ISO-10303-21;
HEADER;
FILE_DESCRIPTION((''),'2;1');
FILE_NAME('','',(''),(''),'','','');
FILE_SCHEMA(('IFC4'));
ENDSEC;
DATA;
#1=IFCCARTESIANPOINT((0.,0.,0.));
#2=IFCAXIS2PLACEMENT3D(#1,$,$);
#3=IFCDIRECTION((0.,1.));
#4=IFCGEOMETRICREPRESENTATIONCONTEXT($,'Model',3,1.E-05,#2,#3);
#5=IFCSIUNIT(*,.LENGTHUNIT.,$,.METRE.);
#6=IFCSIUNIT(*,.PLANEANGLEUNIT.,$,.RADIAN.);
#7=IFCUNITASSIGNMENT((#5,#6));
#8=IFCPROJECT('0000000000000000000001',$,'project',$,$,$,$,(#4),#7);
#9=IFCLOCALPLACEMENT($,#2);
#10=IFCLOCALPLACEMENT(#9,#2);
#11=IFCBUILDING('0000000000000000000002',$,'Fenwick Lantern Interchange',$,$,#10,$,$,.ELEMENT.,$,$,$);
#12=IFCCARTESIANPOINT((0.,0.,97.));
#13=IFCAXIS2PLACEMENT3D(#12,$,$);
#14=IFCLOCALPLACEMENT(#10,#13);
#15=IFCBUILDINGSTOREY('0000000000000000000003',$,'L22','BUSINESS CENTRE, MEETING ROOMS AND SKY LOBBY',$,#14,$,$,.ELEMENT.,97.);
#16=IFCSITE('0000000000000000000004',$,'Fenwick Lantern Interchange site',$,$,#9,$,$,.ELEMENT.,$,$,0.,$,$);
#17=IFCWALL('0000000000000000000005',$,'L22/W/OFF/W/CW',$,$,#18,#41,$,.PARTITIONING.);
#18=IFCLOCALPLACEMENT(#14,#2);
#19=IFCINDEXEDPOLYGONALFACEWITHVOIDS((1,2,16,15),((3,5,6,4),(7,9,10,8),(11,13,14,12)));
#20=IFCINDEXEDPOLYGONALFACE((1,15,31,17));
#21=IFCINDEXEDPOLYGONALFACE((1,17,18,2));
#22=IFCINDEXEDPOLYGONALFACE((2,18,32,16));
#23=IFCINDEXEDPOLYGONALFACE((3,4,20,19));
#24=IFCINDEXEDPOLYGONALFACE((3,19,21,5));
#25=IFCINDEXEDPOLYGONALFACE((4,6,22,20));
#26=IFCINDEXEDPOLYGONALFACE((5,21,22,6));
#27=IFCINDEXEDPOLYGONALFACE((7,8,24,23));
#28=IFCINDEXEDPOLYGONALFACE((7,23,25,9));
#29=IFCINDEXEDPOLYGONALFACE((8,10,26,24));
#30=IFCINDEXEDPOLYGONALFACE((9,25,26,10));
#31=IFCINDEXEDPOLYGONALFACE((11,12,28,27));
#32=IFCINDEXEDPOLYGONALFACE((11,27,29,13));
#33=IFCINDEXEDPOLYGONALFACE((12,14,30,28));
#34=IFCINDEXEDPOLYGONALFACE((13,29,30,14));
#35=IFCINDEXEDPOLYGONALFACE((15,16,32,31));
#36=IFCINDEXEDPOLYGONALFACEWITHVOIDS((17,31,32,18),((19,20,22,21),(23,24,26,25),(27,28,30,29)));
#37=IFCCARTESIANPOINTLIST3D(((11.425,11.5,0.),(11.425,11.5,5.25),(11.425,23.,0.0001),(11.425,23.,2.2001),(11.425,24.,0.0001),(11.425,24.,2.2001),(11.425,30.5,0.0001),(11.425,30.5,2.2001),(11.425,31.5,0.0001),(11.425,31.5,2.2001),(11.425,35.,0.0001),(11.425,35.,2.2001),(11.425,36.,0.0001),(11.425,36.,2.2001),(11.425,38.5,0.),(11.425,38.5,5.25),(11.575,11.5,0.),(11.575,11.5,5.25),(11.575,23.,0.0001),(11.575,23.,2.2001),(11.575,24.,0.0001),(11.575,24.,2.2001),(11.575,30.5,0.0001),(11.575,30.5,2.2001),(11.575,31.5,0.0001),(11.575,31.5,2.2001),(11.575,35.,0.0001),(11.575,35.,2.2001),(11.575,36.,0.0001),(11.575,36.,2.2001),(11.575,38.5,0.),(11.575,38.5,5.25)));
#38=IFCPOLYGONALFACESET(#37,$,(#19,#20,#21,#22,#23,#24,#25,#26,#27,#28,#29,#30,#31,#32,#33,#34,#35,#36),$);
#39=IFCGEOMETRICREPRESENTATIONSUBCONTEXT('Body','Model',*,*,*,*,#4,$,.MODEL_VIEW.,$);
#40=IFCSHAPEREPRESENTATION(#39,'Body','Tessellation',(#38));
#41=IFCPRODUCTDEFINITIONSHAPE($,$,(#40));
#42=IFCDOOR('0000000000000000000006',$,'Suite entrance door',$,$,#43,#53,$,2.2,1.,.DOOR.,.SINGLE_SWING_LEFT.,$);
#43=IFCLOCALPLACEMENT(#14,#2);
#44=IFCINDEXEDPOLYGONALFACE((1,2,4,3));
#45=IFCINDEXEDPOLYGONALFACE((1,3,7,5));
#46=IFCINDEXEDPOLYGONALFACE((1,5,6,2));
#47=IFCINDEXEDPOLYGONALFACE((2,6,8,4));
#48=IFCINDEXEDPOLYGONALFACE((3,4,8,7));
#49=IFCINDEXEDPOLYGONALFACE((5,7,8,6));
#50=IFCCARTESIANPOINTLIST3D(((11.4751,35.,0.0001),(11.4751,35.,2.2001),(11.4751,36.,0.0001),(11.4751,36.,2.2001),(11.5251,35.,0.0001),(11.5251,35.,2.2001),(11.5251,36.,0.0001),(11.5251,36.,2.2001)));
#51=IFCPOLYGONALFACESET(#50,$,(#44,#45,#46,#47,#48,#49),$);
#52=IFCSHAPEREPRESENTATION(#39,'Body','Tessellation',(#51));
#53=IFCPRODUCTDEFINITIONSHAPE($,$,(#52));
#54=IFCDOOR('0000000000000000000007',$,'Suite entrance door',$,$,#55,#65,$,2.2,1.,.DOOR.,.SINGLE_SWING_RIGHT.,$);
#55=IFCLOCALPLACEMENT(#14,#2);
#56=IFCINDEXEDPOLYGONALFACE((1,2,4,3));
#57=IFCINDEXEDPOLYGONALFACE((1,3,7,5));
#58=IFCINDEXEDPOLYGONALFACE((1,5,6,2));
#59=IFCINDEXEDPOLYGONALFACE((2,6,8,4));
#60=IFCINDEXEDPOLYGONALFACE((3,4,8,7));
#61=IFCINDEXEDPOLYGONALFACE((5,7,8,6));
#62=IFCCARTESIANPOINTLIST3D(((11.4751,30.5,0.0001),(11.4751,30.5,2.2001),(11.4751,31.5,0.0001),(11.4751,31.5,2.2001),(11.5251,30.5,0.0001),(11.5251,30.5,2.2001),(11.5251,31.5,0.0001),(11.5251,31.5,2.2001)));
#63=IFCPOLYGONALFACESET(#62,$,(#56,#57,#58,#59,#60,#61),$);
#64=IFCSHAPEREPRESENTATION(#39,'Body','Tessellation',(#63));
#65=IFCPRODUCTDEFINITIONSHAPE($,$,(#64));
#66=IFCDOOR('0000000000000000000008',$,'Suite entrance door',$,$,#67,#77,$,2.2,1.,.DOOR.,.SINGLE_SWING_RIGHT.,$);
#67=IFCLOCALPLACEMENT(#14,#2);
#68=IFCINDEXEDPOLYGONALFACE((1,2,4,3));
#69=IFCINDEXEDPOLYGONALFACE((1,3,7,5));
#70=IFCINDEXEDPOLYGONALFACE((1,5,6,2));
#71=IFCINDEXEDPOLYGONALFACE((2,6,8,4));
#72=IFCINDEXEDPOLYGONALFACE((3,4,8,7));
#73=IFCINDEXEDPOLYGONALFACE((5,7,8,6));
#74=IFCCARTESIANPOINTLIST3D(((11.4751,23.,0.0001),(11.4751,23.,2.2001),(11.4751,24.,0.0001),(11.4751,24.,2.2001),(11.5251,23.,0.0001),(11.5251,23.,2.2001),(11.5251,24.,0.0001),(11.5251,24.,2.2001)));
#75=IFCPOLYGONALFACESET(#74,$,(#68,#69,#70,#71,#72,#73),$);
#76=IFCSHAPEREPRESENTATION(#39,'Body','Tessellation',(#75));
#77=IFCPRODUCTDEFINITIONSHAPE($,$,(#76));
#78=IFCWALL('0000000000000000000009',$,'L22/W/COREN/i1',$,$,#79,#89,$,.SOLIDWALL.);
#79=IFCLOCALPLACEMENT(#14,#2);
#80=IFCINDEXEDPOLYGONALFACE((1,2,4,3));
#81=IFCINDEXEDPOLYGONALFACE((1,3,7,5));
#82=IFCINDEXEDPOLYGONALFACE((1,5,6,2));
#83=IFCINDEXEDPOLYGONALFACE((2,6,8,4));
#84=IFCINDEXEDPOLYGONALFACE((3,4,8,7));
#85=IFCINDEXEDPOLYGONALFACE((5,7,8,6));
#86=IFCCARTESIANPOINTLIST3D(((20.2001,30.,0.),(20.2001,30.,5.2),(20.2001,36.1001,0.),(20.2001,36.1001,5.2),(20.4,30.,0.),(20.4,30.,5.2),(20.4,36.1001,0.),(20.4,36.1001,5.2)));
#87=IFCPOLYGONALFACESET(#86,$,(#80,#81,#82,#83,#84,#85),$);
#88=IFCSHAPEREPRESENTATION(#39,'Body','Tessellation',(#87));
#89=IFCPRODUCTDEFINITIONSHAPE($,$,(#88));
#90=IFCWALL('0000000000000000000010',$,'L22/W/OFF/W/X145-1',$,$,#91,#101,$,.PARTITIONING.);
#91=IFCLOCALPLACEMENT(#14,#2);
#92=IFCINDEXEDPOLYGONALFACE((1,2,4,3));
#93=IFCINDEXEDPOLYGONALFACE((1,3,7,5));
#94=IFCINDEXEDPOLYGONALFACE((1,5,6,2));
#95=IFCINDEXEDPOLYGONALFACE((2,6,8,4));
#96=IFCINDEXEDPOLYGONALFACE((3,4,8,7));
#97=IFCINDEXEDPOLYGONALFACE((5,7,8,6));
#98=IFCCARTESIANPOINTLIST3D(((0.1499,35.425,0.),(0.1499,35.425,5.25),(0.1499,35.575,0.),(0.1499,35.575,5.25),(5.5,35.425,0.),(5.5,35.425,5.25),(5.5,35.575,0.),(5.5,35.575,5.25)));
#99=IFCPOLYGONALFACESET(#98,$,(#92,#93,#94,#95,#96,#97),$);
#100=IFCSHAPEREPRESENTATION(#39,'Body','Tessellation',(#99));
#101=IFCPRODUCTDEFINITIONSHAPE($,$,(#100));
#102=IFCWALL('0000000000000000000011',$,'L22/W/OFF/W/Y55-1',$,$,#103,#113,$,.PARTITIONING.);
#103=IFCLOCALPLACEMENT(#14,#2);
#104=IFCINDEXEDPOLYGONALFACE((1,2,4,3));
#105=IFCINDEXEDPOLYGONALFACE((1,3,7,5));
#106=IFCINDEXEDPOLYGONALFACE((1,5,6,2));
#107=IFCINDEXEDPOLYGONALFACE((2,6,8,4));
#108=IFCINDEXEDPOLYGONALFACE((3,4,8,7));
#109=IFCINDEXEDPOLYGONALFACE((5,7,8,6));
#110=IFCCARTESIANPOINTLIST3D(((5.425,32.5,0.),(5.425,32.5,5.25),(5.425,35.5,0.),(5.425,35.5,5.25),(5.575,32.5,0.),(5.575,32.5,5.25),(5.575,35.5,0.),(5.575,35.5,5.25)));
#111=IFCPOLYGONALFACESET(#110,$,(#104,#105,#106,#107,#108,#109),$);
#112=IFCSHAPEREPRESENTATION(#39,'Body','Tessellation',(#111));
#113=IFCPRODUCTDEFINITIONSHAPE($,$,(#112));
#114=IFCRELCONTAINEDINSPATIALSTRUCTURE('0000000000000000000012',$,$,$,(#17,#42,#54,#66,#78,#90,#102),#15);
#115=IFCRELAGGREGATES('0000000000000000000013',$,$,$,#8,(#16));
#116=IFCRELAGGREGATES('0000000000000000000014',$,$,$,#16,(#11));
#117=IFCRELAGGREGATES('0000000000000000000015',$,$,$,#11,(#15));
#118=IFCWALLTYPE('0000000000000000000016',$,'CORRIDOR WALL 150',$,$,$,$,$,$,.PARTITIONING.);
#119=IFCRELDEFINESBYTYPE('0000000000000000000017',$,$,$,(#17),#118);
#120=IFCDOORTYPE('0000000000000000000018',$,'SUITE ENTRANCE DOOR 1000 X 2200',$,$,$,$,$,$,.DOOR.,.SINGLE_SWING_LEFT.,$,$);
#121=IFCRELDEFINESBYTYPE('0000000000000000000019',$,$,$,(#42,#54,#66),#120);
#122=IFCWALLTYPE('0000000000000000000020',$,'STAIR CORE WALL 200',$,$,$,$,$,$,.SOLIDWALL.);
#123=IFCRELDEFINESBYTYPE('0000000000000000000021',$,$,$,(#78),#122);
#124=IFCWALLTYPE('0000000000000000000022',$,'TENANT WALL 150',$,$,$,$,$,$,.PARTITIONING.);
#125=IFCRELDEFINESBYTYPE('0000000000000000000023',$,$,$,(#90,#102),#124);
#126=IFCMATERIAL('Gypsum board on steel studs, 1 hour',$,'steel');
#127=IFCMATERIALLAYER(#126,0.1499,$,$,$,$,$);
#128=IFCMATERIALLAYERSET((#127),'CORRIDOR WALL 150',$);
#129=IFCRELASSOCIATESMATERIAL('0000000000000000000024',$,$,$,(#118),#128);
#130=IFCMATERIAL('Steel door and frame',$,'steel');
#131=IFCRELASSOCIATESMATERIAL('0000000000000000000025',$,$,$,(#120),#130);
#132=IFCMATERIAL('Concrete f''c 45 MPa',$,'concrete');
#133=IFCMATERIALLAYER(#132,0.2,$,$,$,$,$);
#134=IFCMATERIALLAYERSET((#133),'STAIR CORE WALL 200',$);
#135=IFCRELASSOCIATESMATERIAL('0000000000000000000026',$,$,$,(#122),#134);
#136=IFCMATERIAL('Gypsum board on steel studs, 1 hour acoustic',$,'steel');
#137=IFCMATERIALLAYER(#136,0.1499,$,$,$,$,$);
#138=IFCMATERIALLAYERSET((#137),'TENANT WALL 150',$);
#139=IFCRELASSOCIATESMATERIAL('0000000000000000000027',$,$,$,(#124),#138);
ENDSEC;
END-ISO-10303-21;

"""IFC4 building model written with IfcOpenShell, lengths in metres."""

from ifc_helpers import new_model, si_unit, direction, frame, frame_2d, origin, place, context, subcontext, project, spatial, rectangle, extrude, material, layer, layer_set, type_object, element, fill, save


model = new_model("IFC4")

# Units and contexts
model_context = context("Model", 3, precision=1e-05, world=origin(), true_north=direction((0.0, 1.0)))
body_context = subcontext(model_context, "Body", "Model", "MODEL_VIEW")
ifc_project = project(units=[si_unit("LENGTHUNIT", "METRE"), si_unit("PLANEANGLEUNIT", "RADIAN")], contexts=[model_context])

# Site, building, storey
site_placement = place(None, origin())
site = spatial("IfcSite", under=ifc_project, at=site_placement, Name="Fenwick Lantern Interchange site", CompositionType="ELEMENT", RefElevation=0.0)
building_placement = place(site_placement, origin())
building = spatial("IfcBuilding", under=site, at=building_placement, Name="Fenwick Lantern Interchange", CompositionType="ELEMENT")
storey_placement = place(building_placement, frame((0.0, 0.0, 97.0)))
storey = spatial("IfcBuildingStorey", under=building, at=storey_placement, Name="L22", Description="BUSINESS CENTRE, MEETING ROOMS AND SKY LOBBY", CompositionType="ELEMENT", Elevation=97.0)

# Wall, openings, doors
ifc_material_1 = material(Name="Steel door and frame", Category="steel")
ifc_material_2 = material(Name="Gypsum board on steel studs, 1 hour", Category="steel")
ifc_layer_1 = layer(ifc_material_2, 0.1499)
ifc_layer_set_1 = layer_set([ifc_layer_1], Name="CORRIDOR WALL 150")
wall_type_1 = type_object("IfcWallType", Name="CORRIDOR WALL 150", PredefinedType="PARTITIONING", material=ifc_layer_set_1)
wall_1_placement = place(storey_placement, frame((11.5, 38.5, 0.0), z_axis=(0.0, 0.0, 1.0), x_axis=(0.0, -1.0, 0.0)))
wall_1 = element("IfcWall", 1, at=wall_1_placement, inside=storey, type_object=wall_type_1, Name="L22/W/OFF/W/CW", PredefinedType="PARTITIONING", context=body_context, shape_type="SweptSolid", body=[
    extrude(rectangle(XDim=27.0, YDim=0.1499, at=frame_2d((13.5, 0.0))), origin(), (0.0, 0.0, 1.0), 5.25),
])
opening_1_placement = place(wall_1_placement, frame((2.5, 0.0, 0.0)))
opening_1 = element("IfcOpeningElement", 2, at=opening_1_placement, cuts=wall_1, PredefinedType="OPENING", context=body_context, shape_type="SweptSolid", body=[
    extrude(rectangle(XDim=1.0, YDim=2.2, at=frame_2d((0.5, 1.1001))), frame((0.0, 0.085, 0.0), z_axis=(0.0, -1.0, 0.0), x_axis=(1.0, 0.0, 0.0)), (0.0, 0.0, 1.0), 0.1699),
])
opening_2_placement = place(wall_1_placement, frame((7.0, 0.0, 0.0)))
opening_2 = element("IfcOpeningElement", 3, at=opening_2_placement, cuts=wall_1, PredefinedType="OPENING", context=body_context, shape_type="SweptSolid", body=[
    extrude(rectangle(XDim=1.0, YDim=2.2, at=frame_2d((0.5, 1.1001))), frame((0.0, 0.085, 0.0), z_axis=(0.0, -1.0, 0.0), x_axis=(1.0, 0.0, 0.0)), (0.0, 0.0, 1.0), 0.1699),
])
opening_3_placement = place(wall_1_placement, frame((14.5, 0.0, 0.0)))
opening_3 = element("IfcOpeningElement", 4, at=opening_3_placement, cuts=wall_1, PredefinedType="OPENING", context=body_context, shape_type="SweptSolid", body=[
    extrude(rectangle(XDim=1.0, YDim=2.2, at=frame_2d((0.5, 1.1001))), frame((0.0, 0.085, 0.0), z_axis=(0.0, -1.0, 0.0), x_axis=(1.0, 0.0, 0.0)), (0.0, 0.0, 1.0), 0.1699),
])
door_type_1 = type_object("IfcDoorType", Name="SUITE ENTRANCE DOOR 1000 X 2200", OperationType="SINGLE_SWING_LEFT", PredefinedType="DOOR", material=ifc_material_1)
door_1_placement = place(opening_1_placement, frame((1.0, 0.0, 0.0), z_axis=(0.0, 0.0, 1.0), x_axis=(-1.0, 0.0, 0.0)))
door_1 = element("IfcDoor", 5, at=door_1_placement, inside=storey, type_object=door_type_1, Name="Suite entrance door", OperationType="SINGLE_SWING_LEFT", OverallHeight=2.2, OverallWidth=1.0, PredefinedType="DOOR", context=body_context, shape_type="SweptSolid", body=[
    extrude(rectangle(XDim=1.0, YDim=2.2, at=frame_2d((0.5, 1.1001))), frame((0.0, 0.0249, 0.0), z_axis=(0.0, -1.0, 0.0), x_axis=(1.0, 0.0, 0.0)), (0.0, 0.0, 1.0), 0.05),
])
fill(opening_1, door_1)
door_2_placement = place(opening_2_placement, frame((1.0, 0.0, 0.0), z_axis=(0.0, 0.0, 1.0), x_axis=(-1.0, 0.0, 0.0)))
door_2 = element("IfcDoor", 6, at=door_2_placement, inside=storey, type_object=door_type_1, Name="Suite entrance door", OperationType="SINGLE_SWING_RIGHT", OverallHeight=2.2, OverallWidth=1.0, PredefinedType="DOOR", context=body_context, shape_type="SweptSolid", body=[
    extrude(rectangle(XDim=1.0, YDim=2.2, at=frame_2d((0.5, 1.1001))), frame((0.0, 0.0249, 0.0), z_axis=(0.0, -1.0, 0.0), x_axis=(1.0, 0.0, 0.0)), (0.0, 0.0, 1.0), 0.05),
])
fill(opening_2, door_2)
door_3_placement = place(opening_3_placement, frame((1.0, 0.0, 0.0), z_axis=(0.0, 0.0, 1.0), x_axis=(-1.0, 0.0, 0.0)))
door_3 = element("IfcDoor", 7, at=door_3_placement, inside=storey, type_object=door_type_1, Name="Suite entrance door", OperationType="SINGLE_SWING_RIGHT", OverallHeight=2.2, OverallWidth=1.0, PredefinedType="DOOR", context=body_context, shape_type="SweptSolid", body=[
    extrude(rectangle(XDim=1.0, YDim=2.2, at=frame_2d((0.5, 1.1001))), frame((0.0, 0.0249, 0.0), z_axis=(0.0, -1.0, 0.0), x_axis=(1.0, 0.0, 0.0)), (0.0, 0.0, 1.0), 0.05),
])
fill(opening_3, door_3)

# Walls
ifc_material_3 = material(Name="Concrete f'c 45 MPa", Category="concrete")
ifc_layer_2 = layer(ifc_material_3, 0.2)
ifc_layer_set_2 = layer_set([ifc_layer_2], Name="STAIR CORE WALL 200")
wall_type_2 = type_object("IfcWallType", Name="STAIR CORE WALL 200", PredefinedType="SOLIDWALL", material=ifc_layer_set_2)
wall_2_placement = place(storey_placement, frame((20.3, 36.1001, 0.0), z_axis=(0.0, 0.0, 1.0), x_axis=(0.0, -1.0, 0.0)))
element("IfcWall", 8, at=wall_2_placement, inside=storey, type_object=wall_type_2, Name="L22/W/COREN/i1", PredefinedType="SOLIDWALL", context=body_context, shape_type="SweptSolid", body=[
    extrude(rectangle(XDim=6.1001, YDim=0.2, at=frame_2d((3.05, 0.0))), origin(), (0.0, 0.0, 1.0), 5.2),
])
ifc_material_4 = material(Name="Gypsum board on steel studs, 1 hour acoustic", Category="steel")
ifc_layer_3 = layer(ifc_material_4, 0.1499)
ifc_layer_set_3 = layer_set([ifc_layer_3], Name="TENANT WALL 150")
wall_type_3 = type_object("IfcWallType", Name="TENANT WALL 150", PredefinedType="PARTITIONING", material=ifc_layer_set_3)
wall_3_placement = place(storey_placement, frame((0.1499, 35.5, 0.0), z_axis=(0.0, 0.0, 1.0), x_axis=(1.0, 0.0, 0.0)))
element("IfcWall", 9, at=wall_3_placement, inside=storey, type_object=wall_type_3, Name="L22/W/OFF/W/X145-1", PredefinedType="PARTITIONING", context=body_context, shape_type="SweptSolid", body=[
    extrude(rectangle(XDim=5.3501, YDim=0.1499, at=frame_2d((2.675, 0.0))), origin(), (0.0, 0.0, 1.0), 5.25),
])
wall_4_placement = place(storey_placement, frame((5.5, 35.5, 0.0), z_axis=(0.0, 0.0, 1.0), x_axis=(0.0, -1.0, 0.0)))
element("IfcWall", 10, at=wall_4_placement, inside=storey, type_object=wall_type_3, Name="L22/W/OFF/W/Y55-1", PredefinedType="PARTITIONING", context=body_context, shape_type="SweptSolid", body=[
    extrude(rectangle(XDim=3.0, YDim=0.1499, at=frame_2d((1.5, 0.0))), origin(), (0.0, 0.0, 1.0), 5.25),
])

save(model, "model.ifc")
